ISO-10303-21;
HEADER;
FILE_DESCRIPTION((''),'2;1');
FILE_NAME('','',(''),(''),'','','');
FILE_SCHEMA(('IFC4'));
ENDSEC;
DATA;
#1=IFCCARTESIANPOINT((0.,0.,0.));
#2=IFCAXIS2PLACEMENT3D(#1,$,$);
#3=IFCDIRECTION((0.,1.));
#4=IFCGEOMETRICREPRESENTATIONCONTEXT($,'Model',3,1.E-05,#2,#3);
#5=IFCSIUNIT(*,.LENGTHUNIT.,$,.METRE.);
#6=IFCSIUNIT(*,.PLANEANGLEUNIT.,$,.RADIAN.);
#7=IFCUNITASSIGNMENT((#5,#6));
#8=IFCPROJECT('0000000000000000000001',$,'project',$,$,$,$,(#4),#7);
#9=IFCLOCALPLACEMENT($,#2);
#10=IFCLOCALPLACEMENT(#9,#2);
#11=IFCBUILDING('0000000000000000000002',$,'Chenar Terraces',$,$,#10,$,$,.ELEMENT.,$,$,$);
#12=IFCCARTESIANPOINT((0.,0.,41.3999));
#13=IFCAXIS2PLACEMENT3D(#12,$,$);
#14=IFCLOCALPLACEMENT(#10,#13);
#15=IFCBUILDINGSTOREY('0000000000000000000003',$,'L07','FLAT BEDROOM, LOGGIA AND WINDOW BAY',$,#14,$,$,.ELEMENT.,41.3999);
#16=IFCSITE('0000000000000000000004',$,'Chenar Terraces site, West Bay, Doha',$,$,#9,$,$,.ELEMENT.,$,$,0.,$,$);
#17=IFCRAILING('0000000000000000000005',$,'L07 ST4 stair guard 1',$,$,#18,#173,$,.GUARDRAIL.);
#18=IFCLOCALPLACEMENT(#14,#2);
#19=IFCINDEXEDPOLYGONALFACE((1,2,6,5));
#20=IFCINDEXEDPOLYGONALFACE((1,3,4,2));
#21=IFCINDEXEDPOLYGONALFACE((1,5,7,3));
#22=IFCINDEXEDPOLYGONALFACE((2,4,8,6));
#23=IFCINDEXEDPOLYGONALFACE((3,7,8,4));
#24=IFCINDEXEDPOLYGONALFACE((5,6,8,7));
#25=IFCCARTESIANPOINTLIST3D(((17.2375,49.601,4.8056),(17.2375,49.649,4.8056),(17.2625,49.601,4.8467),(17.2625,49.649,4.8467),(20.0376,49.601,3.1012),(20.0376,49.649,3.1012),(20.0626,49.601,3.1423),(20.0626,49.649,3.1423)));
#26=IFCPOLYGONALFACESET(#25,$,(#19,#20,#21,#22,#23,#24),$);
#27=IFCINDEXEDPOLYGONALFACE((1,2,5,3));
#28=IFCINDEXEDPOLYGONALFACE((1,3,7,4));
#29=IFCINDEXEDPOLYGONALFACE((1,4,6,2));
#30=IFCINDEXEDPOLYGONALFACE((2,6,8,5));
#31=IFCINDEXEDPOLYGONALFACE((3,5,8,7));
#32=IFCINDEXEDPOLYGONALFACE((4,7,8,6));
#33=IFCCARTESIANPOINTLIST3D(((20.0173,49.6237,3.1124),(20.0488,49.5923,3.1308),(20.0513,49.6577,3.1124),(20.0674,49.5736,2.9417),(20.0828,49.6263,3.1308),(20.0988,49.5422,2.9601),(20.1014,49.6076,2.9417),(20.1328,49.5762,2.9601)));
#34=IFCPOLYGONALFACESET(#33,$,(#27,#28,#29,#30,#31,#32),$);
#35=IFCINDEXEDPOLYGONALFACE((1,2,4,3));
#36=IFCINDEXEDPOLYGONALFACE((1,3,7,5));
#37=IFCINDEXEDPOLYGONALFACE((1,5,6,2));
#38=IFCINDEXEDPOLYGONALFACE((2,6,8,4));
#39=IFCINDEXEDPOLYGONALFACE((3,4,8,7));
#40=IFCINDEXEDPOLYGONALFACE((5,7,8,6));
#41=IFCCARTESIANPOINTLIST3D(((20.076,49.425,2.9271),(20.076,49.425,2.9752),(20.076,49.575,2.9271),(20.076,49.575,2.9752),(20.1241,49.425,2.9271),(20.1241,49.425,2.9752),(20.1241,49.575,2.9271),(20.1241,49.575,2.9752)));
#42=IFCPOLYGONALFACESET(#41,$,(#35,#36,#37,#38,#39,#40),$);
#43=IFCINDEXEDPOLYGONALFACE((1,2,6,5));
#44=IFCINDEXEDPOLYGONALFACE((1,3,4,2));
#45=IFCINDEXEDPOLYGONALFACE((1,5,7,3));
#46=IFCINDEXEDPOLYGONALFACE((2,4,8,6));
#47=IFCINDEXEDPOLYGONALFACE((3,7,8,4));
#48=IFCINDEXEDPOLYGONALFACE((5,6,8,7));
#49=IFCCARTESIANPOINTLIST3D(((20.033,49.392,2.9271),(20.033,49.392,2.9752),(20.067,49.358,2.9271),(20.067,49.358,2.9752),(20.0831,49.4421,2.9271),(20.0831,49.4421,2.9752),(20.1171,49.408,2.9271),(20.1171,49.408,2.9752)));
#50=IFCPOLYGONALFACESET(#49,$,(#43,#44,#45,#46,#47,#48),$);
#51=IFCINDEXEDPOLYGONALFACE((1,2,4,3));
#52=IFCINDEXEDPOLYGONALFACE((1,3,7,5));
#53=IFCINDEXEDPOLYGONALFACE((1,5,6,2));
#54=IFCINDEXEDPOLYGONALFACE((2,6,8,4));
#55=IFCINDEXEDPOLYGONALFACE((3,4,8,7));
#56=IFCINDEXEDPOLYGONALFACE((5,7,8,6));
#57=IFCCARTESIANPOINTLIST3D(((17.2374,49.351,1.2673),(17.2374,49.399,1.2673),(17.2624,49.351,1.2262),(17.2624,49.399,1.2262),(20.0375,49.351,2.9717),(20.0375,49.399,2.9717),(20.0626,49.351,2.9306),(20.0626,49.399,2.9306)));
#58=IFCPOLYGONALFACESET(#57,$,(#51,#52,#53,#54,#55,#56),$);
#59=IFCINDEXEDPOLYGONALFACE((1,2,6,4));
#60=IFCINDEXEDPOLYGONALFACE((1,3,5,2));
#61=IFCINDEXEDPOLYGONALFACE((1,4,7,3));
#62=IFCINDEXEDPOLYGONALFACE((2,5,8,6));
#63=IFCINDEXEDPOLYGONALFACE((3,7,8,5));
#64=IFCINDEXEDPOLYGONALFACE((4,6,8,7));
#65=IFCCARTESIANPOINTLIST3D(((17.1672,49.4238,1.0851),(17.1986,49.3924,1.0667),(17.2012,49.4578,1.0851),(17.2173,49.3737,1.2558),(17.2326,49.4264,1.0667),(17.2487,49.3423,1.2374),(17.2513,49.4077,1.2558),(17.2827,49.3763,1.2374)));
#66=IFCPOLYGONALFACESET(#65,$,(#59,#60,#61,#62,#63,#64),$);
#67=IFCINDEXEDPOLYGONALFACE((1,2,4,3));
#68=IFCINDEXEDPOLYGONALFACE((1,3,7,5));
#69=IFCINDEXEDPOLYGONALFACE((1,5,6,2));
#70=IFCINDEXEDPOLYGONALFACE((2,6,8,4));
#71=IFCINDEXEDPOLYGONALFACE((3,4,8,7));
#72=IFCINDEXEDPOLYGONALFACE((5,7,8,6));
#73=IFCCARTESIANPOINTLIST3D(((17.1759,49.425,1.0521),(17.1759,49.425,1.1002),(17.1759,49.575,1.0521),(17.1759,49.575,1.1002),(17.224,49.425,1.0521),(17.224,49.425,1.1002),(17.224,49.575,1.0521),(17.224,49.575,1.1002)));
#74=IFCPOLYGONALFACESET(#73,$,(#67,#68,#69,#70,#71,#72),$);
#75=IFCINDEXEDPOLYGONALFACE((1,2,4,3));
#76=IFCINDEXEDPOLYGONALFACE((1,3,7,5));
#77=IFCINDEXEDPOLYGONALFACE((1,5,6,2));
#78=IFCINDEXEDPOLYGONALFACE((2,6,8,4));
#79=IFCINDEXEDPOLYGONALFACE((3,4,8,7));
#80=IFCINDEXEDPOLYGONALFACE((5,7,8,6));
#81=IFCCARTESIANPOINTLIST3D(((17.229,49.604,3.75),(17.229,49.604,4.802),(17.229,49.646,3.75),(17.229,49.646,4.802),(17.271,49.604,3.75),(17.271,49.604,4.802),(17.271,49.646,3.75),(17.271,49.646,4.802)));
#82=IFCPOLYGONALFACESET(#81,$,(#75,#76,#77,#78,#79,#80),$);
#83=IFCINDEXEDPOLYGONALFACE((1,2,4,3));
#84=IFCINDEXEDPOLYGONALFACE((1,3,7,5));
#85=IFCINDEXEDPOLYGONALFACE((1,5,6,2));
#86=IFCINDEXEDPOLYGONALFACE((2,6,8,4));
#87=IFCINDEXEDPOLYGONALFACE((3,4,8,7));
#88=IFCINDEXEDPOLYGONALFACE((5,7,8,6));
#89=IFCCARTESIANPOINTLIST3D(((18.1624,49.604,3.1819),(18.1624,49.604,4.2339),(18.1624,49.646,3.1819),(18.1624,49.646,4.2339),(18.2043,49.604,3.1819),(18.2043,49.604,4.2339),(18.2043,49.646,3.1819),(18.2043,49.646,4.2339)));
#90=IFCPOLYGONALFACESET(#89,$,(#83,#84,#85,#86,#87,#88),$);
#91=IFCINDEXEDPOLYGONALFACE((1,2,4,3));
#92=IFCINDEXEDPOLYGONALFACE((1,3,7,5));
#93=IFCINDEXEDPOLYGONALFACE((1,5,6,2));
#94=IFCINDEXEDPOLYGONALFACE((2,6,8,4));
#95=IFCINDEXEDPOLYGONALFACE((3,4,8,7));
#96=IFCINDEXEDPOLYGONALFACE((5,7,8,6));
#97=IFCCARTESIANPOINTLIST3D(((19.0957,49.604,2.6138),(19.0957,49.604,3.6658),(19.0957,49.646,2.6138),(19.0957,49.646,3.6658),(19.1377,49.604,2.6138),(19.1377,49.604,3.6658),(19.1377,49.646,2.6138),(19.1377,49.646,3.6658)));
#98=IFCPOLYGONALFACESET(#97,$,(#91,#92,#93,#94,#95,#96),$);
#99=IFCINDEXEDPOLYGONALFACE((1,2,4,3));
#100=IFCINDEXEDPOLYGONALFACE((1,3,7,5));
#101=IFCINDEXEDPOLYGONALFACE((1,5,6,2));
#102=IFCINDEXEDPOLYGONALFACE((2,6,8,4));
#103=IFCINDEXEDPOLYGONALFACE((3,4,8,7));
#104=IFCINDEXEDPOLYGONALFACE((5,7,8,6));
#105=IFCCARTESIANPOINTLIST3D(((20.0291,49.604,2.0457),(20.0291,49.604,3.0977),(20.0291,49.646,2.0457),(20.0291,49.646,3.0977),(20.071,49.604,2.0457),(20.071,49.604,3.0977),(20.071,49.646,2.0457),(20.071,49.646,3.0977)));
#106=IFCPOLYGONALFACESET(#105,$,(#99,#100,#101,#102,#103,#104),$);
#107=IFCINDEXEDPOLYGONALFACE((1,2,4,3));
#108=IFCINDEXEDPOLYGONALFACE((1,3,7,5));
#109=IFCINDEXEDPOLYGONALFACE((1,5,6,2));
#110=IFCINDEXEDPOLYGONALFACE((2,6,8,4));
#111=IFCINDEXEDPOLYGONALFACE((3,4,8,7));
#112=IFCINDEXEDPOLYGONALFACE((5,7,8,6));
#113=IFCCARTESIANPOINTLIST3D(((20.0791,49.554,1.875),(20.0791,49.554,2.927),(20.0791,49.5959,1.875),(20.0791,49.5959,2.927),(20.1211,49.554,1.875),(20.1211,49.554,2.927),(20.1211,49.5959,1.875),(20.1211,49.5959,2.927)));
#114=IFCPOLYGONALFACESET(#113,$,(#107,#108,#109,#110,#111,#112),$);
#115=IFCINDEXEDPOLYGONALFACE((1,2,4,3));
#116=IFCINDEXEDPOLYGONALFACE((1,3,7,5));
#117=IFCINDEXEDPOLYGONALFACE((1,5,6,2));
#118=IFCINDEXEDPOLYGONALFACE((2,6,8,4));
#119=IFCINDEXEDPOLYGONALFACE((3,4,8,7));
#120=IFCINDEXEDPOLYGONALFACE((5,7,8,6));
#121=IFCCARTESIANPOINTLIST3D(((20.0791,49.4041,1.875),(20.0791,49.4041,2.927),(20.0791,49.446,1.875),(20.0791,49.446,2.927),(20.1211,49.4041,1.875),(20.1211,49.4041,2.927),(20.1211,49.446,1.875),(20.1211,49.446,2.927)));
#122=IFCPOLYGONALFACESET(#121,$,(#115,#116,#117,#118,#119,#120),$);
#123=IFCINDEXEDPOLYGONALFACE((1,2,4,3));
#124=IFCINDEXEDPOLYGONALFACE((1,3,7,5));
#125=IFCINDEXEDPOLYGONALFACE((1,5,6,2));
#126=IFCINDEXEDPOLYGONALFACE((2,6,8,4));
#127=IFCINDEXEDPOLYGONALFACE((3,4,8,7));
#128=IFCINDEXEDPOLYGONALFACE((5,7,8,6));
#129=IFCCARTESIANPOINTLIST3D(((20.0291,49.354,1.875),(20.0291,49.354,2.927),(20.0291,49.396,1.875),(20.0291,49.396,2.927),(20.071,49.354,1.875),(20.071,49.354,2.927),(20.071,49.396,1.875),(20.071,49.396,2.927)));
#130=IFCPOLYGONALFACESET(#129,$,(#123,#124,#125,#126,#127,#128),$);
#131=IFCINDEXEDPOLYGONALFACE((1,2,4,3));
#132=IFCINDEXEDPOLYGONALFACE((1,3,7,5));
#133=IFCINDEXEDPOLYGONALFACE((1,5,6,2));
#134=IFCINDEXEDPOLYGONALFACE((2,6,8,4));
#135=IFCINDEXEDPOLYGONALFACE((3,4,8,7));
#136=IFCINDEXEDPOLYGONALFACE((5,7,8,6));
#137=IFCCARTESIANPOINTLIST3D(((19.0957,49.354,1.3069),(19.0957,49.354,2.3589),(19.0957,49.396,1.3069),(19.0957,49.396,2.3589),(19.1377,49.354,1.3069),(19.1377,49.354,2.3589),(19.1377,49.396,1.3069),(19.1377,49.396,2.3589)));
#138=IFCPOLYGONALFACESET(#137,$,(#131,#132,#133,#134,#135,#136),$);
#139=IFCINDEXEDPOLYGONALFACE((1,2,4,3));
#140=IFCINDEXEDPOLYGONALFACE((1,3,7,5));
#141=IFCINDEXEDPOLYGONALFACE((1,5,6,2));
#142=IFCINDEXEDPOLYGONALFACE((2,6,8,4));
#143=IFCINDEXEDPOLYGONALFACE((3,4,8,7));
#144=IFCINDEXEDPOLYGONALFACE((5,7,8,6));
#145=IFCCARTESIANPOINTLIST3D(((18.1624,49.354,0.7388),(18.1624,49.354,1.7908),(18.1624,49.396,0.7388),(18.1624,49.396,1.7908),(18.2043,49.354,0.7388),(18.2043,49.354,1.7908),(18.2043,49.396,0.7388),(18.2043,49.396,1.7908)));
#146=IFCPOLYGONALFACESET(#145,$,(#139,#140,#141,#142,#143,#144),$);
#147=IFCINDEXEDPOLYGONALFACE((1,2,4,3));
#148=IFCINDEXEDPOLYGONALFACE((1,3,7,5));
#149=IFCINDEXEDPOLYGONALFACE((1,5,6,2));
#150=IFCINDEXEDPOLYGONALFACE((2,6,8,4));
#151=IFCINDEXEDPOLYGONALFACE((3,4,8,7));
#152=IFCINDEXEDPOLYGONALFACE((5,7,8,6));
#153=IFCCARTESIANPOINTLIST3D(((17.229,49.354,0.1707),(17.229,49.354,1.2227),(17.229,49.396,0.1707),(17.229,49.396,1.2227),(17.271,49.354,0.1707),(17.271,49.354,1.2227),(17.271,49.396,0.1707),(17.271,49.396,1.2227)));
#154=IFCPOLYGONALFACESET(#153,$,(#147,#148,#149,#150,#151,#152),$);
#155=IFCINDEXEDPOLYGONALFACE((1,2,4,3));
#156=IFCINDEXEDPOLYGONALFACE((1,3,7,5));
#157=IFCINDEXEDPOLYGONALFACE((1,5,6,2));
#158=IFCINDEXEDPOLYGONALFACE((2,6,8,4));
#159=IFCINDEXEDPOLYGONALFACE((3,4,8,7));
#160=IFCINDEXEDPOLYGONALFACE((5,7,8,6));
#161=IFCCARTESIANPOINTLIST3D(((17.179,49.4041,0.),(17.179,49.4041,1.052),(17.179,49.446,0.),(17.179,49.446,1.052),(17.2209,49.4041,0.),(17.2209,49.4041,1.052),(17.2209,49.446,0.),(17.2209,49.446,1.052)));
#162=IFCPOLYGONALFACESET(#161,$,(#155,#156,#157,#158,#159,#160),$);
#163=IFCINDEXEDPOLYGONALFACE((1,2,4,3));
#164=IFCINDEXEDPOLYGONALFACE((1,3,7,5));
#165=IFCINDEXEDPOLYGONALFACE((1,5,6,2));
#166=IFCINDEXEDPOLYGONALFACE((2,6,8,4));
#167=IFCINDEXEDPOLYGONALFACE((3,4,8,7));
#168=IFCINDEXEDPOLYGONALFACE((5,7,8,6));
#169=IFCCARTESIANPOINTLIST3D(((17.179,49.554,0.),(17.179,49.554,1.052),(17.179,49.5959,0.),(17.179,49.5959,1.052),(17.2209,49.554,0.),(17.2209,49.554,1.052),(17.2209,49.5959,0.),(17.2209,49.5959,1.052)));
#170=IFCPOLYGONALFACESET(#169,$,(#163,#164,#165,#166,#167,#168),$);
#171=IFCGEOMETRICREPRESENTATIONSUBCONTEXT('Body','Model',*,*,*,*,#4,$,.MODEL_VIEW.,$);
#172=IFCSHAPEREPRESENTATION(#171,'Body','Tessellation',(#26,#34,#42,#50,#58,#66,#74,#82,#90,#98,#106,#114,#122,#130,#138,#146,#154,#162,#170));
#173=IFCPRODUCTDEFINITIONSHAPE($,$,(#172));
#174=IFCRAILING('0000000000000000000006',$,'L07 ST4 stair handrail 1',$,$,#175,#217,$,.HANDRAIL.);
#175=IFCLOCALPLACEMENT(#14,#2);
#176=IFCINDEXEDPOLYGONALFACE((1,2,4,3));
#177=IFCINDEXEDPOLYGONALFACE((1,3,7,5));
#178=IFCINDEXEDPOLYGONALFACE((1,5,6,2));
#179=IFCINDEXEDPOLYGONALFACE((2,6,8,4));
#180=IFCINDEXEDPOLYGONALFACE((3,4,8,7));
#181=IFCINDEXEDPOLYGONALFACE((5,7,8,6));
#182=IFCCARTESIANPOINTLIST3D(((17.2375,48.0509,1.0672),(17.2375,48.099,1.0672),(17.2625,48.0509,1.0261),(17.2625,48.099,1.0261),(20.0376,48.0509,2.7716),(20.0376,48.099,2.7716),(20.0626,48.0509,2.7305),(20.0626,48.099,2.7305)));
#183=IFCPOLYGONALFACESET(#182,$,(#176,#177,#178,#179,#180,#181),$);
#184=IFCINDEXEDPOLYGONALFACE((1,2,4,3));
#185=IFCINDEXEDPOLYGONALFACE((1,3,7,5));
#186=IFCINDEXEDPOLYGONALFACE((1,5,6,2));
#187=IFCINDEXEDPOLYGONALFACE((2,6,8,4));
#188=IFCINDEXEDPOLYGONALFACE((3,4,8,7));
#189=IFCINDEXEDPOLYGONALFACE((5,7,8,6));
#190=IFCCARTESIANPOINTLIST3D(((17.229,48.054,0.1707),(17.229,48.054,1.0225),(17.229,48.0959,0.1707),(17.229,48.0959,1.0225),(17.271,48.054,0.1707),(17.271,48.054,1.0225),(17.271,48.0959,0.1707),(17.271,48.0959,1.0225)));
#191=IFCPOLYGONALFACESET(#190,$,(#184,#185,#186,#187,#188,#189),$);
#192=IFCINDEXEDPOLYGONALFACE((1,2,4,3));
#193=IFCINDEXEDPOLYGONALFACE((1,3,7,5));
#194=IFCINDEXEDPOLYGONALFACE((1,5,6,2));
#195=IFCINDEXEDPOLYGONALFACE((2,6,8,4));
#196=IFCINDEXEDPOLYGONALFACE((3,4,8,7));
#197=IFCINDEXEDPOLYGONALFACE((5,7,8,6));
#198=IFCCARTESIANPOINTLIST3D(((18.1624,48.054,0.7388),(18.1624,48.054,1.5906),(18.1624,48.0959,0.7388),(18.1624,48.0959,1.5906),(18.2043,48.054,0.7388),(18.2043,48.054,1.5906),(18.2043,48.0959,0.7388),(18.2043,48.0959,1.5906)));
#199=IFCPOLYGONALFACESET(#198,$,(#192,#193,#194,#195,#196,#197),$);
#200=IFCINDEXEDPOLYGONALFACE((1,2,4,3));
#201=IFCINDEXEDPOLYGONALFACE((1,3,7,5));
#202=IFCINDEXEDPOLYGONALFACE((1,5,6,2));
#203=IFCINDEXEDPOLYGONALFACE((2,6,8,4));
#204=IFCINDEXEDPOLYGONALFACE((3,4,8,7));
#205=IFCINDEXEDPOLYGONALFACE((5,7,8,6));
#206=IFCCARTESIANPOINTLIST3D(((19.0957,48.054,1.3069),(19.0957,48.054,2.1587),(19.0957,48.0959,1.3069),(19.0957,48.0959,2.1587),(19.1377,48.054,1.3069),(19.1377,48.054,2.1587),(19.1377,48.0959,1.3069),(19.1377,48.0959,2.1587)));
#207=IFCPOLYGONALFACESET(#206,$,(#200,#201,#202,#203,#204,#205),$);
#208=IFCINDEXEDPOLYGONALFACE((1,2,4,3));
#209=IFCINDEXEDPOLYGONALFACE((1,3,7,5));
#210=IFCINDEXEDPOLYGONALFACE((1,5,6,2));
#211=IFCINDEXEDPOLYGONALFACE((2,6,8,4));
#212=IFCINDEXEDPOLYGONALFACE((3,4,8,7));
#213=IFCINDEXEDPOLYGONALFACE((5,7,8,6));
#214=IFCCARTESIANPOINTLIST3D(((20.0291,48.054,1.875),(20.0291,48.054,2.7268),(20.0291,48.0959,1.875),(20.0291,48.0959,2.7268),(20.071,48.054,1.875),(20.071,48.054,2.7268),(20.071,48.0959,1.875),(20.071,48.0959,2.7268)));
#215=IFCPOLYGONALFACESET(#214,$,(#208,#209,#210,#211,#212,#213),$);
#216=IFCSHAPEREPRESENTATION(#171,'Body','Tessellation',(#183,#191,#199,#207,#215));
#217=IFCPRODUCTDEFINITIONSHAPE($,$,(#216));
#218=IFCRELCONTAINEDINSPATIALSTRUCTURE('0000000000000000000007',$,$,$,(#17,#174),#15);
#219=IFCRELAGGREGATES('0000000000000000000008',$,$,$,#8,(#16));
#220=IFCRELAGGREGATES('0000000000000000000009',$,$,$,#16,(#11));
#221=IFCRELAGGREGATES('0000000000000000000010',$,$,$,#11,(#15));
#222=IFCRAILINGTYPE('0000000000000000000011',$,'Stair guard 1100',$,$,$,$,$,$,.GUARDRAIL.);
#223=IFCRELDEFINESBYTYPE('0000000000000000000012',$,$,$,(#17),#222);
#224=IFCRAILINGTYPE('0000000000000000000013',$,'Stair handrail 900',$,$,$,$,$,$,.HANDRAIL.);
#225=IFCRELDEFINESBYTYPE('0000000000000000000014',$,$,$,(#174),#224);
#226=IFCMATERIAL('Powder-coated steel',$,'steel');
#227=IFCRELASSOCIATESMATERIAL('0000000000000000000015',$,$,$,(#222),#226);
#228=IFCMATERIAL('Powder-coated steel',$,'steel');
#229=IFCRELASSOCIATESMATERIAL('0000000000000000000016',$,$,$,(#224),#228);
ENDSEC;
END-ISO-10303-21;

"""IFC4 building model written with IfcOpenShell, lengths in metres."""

from ifc_helpers import new_model, si_unit, direction, frame, origin, origin_2d, place, context, subcontext, project, spatial, rectangle, extrude, material, type_object, element, save


model = new_model("IFC4")

# Units and contexts
model_context = context("Model", 3, precision=1e-05, world=origin(), true_north=direction((0.0, 1.0)))
body_context = subcontext(model_context, "Body", "Model", "MODEL_VIEW")
ifc_project = project(units=[si_unit("LENGTHUNIT", "METRE"), si_unit("PLANEANGLEUNIT", "RADIAN")], contexts=[model_context])

# Site, building, storey
site_placement = place(None, origin())
site = spatial("IfcSite", under=ifc_project, at=site_placement, Name="Chenar Terraces site, West Bay, Doha", CompositionType="ELEMENT", RefElevation=0.0)
building_placement = place(site_placement, origin())
building = spatial("IfcBuilding", under=site, at=building_placement, Name="Chenar Terraces", CompositionType="ELEMENT")
storey_placement = place(building_placement, frame((0.0, 0.0, 41.3999)))
storey = spatial("IfcBuildingStorey", under=building, at=storey_placement, Name="L07", Description="FLAT BEDROOM, LOGGIA AND WINDOW BAY", CompositionType="ELEMENT", Elevation=41.3999)

# Railings
ifc_material_1 = material(Name="Powder-coated steel", Category="steel")
railing_type_1 = type_object("IfcRailingType", Name="Stair guard 1100", PredefinedType="GUARDRAIL", material=ifc_material_1)
railing_1_placement = place(storey_placement, frame((17.25, 49.625, 3.75)))
element("IfcRailing", 1, at=railing_1_placement, inside=storey, type_object=railing_type_1, Name="L07 ST4 stair guard 1", PredefinedType="GUARDRAIL", context=body_context, shape_type="SweptSolid", body=[
    extrude(rectangle(XDim=0.0481, YDim=0.0481, at=origin_2d()), frame((0.0, 0.0, 1.0762), z_axis=(0.854203, 0.0, -0.51994), x_axis=(0.0, 1.0, 0.0)), (0.0, 0.0, 1.0), 3.2781),
    extrude(rectangle(XDim=0.0481, YDim=0.0481, at=origin_2d()), frame((2.8, 0.0, -0.6284), z_axis=(0.2709, -0.2709, -0.923703), x_axis=(0.707107, 0.707107, 0.0)), (0.0, 0.0, 1.0), 0.1848),
    extrude(rectangle(XDim=0.0481, YDim=0.0481, at=origin_2d()), frame((2.8501, -0.05, -0.7988), z_axis=(0.0, -1.0, 0.0), x_axis=(1.0, 0.0, 0.0)), (0.0, 0.0, 1.0), 0.1499),
    extrude(rectangle(XDim=0.0481, YDim=0.0481, at=origin_2d()), frame((2.8501, -0.2, -0.7988), z_axis=(-0.707107, -0.707107, 0.0), x_axis=(0.707107, -0.707107, 0.0)), (0.0, 0.0, 1.0), 0.0708),
    extrude(rectangle(XDim=0.0481, YDim=0.0481, at=origin_2d()), frame((2.8, -0.25, -0.7988), z_axis=(-0.854203, 0.0, -0.51994), x_axis=(0.0, -1.0, 0.0)), (0.0, 0.0, 1.0), 3.2781),
    extrude(rectangle(XDim=0.0481, YDim=0.0481, at=origin_2d()), frame((0.0, -0.25, -2.5034), z_axis=(-0.2709, 0.2709, -0.923703), x_axis=(-0.707107, -0.707107, 0.0)), (0.0, 0.0, 1.0), 0.1848),
    extrude(rectangle(XDim=0.0481, YDim=0.0481, at=origin_2d()), frame((-0.05, -0.2, -2.6738), z_axis=(0.0, 1.0, 0.0), x_axis=(-1.0, 0.0, 0.0)), (0.0, 0.0, 1.0), 0.1499),
    extrude(rectangle(XDim=0.042, YDim=0.042, at=origin_2d()), origin(), (0.0, 0.0, 1.0), 1.052),
    extrude(rectangle(XDim=0.042, YDim=0.042, at=origin_2d()), frame((0.9333, 0.0, -0.5681)), (0.0, 0.0, 1.0), 1.052),
    extrude(rectangle(XDim=0.042, YDim=0.042, at=origin_2d()), frame((1.8667, 0.0, -1.1362)), (0.0, 0.0, 1.0), 1.052),
    extrude(rectangle(XDim=0.042, YDim=0.042, at=origin_2d()), frame((2.8, 0.0, -1.7043)), (0.0, 0.0, 1.0), 1.052),
    extrude(rectangle(XDim=0.042, YDim=0.042, at=origin_2d()), frame((2.8501, -0.05, -1.875)), (0.0, 0.0, 1.0), 1.052),
    extrude(rectangle(XDim=0.042, YDim=0.042, at=origin_2d()), frame((2.8501, -0.2, -1.875)), (0.0, 0.0, 1.0), 1.052),
    extrude(rectangle(XDim=0.042, YDim=0.042, at=origin_2d()), frame((2.8, -0.25, -1.875)), (0.0, 0.0, 1.0), 1.052),
    extrude(rectangle(XDim=0.042, YDim=0.042, at=origin_2d()), frame((1.8667, -0.25, -2.4431)), (0.0, 0.0, 1.0), 1.052),
    extrude(rectangle(XDim=0.042, YDim=0.042, at=origin_2d()), frame((0.9333, -0.25, -3.0112)), (0.0, 0.0, 1.0), 1.052),
    extrude(rectangle(XDim=0.042, YDim=0.042, at=origin_2d()), frame((0.0, -0.25, -3.5793)), (0.0, 0.0, 1.0), 1.052),
    extrude(rectangle(XDim=0.042, YDim=0.042, at=origin_2d()), frame((-0.05, -0.2, -3.75)), (0.0, 0.0, 1.0), 1.052),
    extrude(rectangle(XDim=0.042, YDim=0.042, at=origin_2d()), frame((-0.05, -0.05, -3.75)), (0.0, 0.0, 1.0), 1.052),
])
ifc_material_2 = material(Name="Powder-coated steel", Category="steel")
railing_type_2 = type_object("IfcRailingType", Name="Stair handrail 900", PredefinedType="HANDRAIL", material=ifc_material_2)
railing_2_placement = place(storey_placement, frame((17.25, 48.075, 0.1707)))
element("IfcRailing", 2, at=railing_2_placement, inside=storey, type_object=railing_type_2, Name="L07 ST4 stair handrail 1", PredefinedType="HANDRAIL", context=body_context, shape_type="SweptSolid", body=[
    extrude(rectangle(XDim=0.0481, YDim=0.0481, at=origin_2d()), frame((0.0, 0.0, 0.876), z_axis=(0.854203, 0.0, 0.51994), x_axis=(0.0, 1.0, 0.0)), (0.0, 0.0, 1.0), 3.2781),
    extrude(rectangle(XDim=0.042, YDim=0.042, at=origin_2d()), origin(), (0.0, 0.0, 1.0), 0.8518),
    extrude(rectangle(XDim=0.042, YDim=0.042, at=origin_2d()), frame((0.9333, 0.0, 0.5681)), (0.0, 0.0, 1.0), 0.8518),
    extrude(rectangle(XDim=0.042, YDim=0.042, at=origin_2d()), frame((1.8667, 0.0, 1.1362)), (0.0, 0.0, 1.0), 0.8518),
    extrude(rectangle(XDim=0.042, YDim=0.042, at=origin_2d()), frame((2.8, 0.0, 1.7043)), (0.0, 0.0, 1.0), 0.8518),
])

save(model, "model.ifc")
